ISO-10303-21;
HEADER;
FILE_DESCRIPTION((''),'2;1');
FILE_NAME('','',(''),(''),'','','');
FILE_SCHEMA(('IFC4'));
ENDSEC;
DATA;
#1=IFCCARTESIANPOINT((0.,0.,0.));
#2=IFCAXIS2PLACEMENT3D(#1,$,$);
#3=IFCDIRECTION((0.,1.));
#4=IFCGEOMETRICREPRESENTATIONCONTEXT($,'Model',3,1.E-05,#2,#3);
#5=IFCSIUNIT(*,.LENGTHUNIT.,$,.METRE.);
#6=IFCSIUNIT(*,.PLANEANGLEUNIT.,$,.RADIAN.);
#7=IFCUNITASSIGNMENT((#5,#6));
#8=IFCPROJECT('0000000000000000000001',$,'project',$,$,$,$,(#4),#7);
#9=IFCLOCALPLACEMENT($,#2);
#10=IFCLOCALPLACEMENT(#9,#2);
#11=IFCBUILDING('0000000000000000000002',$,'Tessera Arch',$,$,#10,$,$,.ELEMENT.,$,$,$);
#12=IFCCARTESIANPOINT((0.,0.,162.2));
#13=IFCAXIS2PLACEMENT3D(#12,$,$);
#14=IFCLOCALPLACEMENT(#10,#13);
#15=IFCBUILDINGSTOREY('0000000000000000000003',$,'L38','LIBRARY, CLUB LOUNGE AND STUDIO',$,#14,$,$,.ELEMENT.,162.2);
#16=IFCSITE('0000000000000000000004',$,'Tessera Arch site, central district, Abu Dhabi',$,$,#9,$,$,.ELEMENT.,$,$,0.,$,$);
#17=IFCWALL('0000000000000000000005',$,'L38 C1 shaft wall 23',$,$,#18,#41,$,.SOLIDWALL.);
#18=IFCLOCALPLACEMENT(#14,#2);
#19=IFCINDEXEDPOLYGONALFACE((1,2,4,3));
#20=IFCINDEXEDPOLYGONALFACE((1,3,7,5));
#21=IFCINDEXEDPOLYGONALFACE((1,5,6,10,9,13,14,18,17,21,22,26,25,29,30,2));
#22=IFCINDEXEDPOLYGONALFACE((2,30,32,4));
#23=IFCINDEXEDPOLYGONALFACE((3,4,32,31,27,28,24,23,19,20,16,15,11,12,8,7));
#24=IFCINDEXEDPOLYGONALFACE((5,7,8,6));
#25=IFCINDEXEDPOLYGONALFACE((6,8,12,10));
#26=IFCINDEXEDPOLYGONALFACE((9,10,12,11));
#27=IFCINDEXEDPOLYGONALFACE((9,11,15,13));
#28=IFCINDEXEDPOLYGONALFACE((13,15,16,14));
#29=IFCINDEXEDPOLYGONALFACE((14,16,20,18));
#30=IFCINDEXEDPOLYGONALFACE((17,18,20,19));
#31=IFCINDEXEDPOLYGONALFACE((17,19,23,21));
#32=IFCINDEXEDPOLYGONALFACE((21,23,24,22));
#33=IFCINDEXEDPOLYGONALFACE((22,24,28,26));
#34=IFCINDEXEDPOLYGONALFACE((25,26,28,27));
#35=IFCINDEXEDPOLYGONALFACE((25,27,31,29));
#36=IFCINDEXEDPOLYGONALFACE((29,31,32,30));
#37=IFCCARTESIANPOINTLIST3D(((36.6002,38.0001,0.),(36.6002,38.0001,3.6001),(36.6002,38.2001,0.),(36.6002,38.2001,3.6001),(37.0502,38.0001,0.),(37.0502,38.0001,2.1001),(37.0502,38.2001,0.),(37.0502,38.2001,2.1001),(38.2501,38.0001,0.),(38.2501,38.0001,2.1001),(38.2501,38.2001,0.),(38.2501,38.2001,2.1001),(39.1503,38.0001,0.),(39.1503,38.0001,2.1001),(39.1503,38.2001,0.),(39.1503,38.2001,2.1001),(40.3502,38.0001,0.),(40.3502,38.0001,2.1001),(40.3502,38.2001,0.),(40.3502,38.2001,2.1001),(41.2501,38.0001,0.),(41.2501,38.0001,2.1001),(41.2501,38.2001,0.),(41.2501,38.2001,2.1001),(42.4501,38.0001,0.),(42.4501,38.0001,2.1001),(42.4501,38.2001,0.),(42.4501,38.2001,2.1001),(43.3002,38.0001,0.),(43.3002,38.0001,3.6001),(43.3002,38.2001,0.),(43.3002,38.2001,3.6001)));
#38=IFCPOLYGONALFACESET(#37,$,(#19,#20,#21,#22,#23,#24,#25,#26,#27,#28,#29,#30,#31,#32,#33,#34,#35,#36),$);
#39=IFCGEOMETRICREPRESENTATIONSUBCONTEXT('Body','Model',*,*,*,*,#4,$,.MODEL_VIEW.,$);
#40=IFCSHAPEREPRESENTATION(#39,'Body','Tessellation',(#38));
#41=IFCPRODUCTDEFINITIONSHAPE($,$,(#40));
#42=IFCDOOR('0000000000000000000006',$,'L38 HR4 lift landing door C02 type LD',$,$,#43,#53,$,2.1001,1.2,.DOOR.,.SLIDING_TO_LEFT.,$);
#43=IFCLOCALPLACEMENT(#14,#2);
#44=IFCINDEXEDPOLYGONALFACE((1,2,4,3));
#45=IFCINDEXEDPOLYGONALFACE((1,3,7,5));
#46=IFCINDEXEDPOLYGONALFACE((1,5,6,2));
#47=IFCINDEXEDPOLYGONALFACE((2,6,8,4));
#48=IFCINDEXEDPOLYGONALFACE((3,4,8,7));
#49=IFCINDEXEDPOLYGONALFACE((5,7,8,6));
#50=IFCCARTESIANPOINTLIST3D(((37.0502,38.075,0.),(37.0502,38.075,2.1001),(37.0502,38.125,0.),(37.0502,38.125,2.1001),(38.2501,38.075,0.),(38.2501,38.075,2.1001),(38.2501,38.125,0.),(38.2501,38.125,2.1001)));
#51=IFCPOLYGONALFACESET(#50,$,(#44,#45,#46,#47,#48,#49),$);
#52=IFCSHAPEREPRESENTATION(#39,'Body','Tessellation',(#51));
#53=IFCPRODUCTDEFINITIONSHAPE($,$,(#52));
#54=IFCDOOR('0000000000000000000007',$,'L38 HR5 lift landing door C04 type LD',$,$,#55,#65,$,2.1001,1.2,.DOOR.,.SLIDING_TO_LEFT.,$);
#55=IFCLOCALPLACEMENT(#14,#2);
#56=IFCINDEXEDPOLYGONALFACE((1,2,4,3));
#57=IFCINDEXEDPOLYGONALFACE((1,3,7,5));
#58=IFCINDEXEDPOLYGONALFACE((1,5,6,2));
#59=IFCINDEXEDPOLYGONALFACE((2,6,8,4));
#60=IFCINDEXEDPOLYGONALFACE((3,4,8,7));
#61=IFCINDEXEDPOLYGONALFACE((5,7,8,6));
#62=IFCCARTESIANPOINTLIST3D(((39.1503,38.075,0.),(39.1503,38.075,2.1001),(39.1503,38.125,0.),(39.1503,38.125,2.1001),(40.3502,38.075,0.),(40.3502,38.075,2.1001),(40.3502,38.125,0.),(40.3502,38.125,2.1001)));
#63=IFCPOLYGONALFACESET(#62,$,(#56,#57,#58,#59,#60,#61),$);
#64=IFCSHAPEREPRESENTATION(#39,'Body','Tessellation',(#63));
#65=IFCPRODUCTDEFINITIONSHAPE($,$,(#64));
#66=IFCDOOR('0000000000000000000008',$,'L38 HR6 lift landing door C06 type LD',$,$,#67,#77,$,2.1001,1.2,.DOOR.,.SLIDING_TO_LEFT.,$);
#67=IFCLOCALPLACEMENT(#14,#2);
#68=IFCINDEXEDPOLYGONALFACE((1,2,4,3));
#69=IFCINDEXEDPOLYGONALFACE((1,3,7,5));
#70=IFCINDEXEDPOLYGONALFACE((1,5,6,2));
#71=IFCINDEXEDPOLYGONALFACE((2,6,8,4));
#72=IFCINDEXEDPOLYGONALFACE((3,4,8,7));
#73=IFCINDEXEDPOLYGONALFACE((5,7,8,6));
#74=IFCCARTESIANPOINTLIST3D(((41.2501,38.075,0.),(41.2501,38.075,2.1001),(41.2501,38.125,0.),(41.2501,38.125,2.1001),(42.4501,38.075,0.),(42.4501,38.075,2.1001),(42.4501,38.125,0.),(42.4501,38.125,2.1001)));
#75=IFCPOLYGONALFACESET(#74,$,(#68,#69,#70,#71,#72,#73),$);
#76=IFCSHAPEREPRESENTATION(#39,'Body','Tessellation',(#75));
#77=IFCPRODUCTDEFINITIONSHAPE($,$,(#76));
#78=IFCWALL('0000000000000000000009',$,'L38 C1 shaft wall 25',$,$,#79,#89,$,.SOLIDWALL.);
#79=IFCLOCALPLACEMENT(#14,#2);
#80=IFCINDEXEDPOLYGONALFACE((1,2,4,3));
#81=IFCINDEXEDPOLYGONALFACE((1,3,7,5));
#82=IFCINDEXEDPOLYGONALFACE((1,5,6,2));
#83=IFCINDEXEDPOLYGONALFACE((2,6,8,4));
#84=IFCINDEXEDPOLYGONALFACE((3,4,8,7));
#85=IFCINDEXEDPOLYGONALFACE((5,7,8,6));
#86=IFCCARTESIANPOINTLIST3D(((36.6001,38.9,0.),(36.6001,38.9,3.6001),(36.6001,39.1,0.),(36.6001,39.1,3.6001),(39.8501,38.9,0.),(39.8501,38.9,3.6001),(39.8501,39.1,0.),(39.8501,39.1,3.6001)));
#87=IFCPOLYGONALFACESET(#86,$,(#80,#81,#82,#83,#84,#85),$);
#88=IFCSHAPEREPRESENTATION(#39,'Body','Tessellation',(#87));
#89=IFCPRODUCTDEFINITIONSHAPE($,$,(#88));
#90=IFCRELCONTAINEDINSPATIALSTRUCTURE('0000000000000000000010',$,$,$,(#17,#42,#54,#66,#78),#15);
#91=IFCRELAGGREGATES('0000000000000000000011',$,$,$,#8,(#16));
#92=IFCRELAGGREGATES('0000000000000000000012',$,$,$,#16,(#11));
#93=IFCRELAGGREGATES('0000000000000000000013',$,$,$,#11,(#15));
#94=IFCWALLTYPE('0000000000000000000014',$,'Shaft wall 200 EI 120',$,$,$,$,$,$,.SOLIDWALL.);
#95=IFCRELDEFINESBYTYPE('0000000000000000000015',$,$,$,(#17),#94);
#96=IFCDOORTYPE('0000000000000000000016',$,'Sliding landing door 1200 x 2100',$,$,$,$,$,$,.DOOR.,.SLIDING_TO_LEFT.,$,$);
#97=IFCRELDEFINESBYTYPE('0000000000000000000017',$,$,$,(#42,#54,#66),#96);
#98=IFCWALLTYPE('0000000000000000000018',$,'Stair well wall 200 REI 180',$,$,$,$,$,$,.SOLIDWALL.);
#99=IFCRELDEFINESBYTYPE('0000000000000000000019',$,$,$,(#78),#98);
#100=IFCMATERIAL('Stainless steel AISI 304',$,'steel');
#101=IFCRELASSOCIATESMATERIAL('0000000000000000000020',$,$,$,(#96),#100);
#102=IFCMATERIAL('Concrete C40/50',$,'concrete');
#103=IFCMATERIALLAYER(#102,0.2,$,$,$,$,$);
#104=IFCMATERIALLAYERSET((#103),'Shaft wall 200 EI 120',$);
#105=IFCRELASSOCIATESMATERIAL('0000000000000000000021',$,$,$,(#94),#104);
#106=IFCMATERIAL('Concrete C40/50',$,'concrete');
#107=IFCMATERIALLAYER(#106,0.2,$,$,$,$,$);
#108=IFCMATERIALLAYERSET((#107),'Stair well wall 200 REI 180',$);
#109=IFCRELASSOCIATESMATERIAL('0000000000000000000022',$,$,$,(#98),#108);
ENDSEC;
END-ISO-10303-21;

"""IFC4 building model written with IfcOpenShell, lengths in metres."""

from ifc_helpers import new_model, si_unit, direction, frame, frame_2d, origin, place, context, subcontext, project, spatial, rectangle, extrude, material, layer, layer_set, type_object, element, fill, save


model = new_model("IFC4")

# Units and contexts
model_context = context("Model", 3, precision=1e-05, world=origin(), true_north=direction((0.0, 1.0)))
body_context = subcontext(model_context, "Body", "Model", "MODEL_VIEW")
ifc_project = project(units=[si_unit("LENGTHUNIT", "METRE"), si_unit("PLANEANGLEUNIT", "RADIAN")], contexts=[model_context])

# Site, building, storey
site_placement = place(None, origin())
site = spatial("IfcSite", under=ifc_project, at=site_placement, Name="Tessera Arch site, central district, Abu Dhabi", CompositionType="ELEMENT", RefElevation=0.0)
building_placement = place(site_placement, origin())
building = spatial("IfcBuilding", under=site, at=building_placement, Name="Tessera Arch", CompositionType="ELEMENT")
storey_placement = place(building_placement, frame((0.0, 0.0, 162.2)))
storey = spatial("IfcBuildingStorey", under=building, at=storey_placement, Name="L38", Description="LIBRARY, CLUB LOUNGE AND STUDIO", CompositionType="ELEMENT", Elevation=162.2)

# Shared definitions
ifc_material_1 = material(Name="Stainless steel AISI 304", Category="steel")
door_type_1 = type_object("IfcDoorType", Name="Sliding landing door 1200 x 2100", OperationType="SLIDING_TO_LEFT", PredefinedType="DOOR", material=ifc_material_1)

# Shared definitions
ifc_material_2 = material(Name="Concrete C40/50", Category="concrete")
ifc_layer_1 = layer(ifc_material_2, 0.2)
ifc_layer_set_1 = layer_set([ifc_layer_1], Name="Shaft wall 200 EI 120")
wall_type_1 = type_object("IfcWallType", Name="Shaft wall 200 EI 120", PredefinedType="SOLIDWALL", material=ifc_layer_set_1)

# Wall, openings, doors
wall_1_placement = place(storey_placement, frame((36.6001, 38.1001, 0.0), z_axis=(0.0, 0.0, 1.0), x_axis=(1.0, 0.0, 0.0)))
wall_1 = element("IfcWall", 1, at=wall_1_placement, inside=storey, type_object=wall_type_1, Name="L38 C1 shaft wall 23", PredefinedType="SOLIDWALL", context=body_context, shape_type="SweptSolid", body=[
    extrude(rectangle(XDim=6.7, YDim=0.2, at=frame_2d((3.3501, 0.0))), origin(), (0.0, 0.0, 1.0), 3.6001),
])
opening_1_placement = place(wall_1_placement, frame((0.45, 0.0, 0.0)))
opening_1 = element("IfcOpeningElement", 2, at=opening_1_placement, cuts=wall_1, PredefinedType="OPENING", context=body_context, shape_type="SweptSolid", body=[
    extrude(rectangle(XDim=1.2, YDim=2.1001, at=frame_2d((0.6001, 1.05))), frame((0.0, 0.1099, 0.0), z_axis=(0.0, -1.0, 0.0), x_axis=(1.0, 0.0, 0.0)), (0.0, 0.0, 1.0), 0.22),
])
opening_2_placement = place(wall_1_placement, frame((2.55, 0.0, 0.0)))
opening_2 = element("IfcOpeningElement", 3, at=opening_2_placement, cuts=wall_1, PredefinedType="OPENING", context=body_context, shape_type="SweptSolid", body=[
    extrude(rectangle(XDim=1.2, YDim=2.1001, at=frame_2d((0.6001, 1.05))), frame((0.0, 0.1099, 0.0), z_axis=(0.0, -1.0, 0.0), x_axis=(1.0, 0.0, 0.0)), (0.0, 0.0, 1.0), 0.22),
])
opening_3_placement = place(wall_1_placement, frame((4.6499, 0.0, 0.0)))
opening_3 = element("IfcOpeningElement", 4, at=opening_3_placement, cuts=wall_1, PredefinedType="OPENING", context=body_context, shape_type="SweptSolid", body=[
    extrude(rectangle(XDim=1.2, YDim=2.1001, at=frame_2d((0.6001, 1.05))), frame((0.0, 0.1099, 0.0), z_axis=(0.0, -1.0, 0.0), x_axis=(1.0, 0.0, 0.0)), (0.0, 0.0, 1.0), 0.22),
])
door_1_placement = place(opening_1_placement, origin())
door_1 = element("IfcDoor", 5, at=door_1_placement, inside=storey, type_object=door_type_1, Name="L38 HR4 lift landing door C02 type LD", OperationType="SLIDING_TO_LEFT", OverallHeight=2.1001, OverallWidth=1.2, PredefinedType="DOOR", context=body_context, shape_type="SweptSolid", body=[
    extrude(rectangle(XDim=1.2, YDim=2.1001, at=frame_2d((0.6001, 1.05))), frame((0.0, 0.0249, 0.0), z_axis=(0.0, -1.0, 0.0), x_axis=(1.0, 0.0, 0.0)), (0.0, 0.0, 1.0), 0.05),
])
fill(opening_1, door_1)
door_2_placement = place(opening_2_placement, origin())
door_2 = element("IfcDoor", 6, at=door_2_placement, inside=storey, type_object=door_type_1, Name="L38 HR5 lift landing door C04 type LD", OperationType="SLIDING_TO_LEFT", OverallHeight=2.1001, OverallWidth=1.2, PredefinedType="DOOR", context=body_context, shape_type="SweptSolid", body=[
    extrude(rectangle(XDim=1.2, YDim=2.1001, at=frame_2d((0.6001, 1.05))), frame((0.0, 0.0249, 0.0), z_axis=(0.0, -1.0, 0.0), x_axis=(1.0, 0.0, 0.0)), (0.0, 0.0, 1.0), 0.05),
])
fill(opening_2, door_2)
door_3_placement = place(opening_3_placement, origin())
door_3 = element("IfcDoor", 7, at=door_3_placement, inside=storey, type_object=door_type_1, Name="L38 HR6 lift landing door C06 type LD", OperationType="SLIDING_TO_LEFT", OverallHeight=2.1001, OverallWidth=1.2, PredefinedType="DOOR", context=body_context, shape_type="SweptSolid", body=[
    extrude(rectangle(XDim=1.2, YDim=2.1001, at=frame_2d((0.6001, 1.05))), frame((0.0, 0.0249, 0.0), z_axis=(0.0, -1.0, 0.0), x_axis=(1.0, 0.0, 0.0)), (0.0, 0.0, 1.0), 0.05),
])
fill(opening_3, door_3)

# Wall
ifc_material_3 = material(Name="Concrete C40/50", Category="concrete")
ifc_layer_2 = layer(ifc_material_3, 0.2)
ifc_layer_set_2 = layer_set([ifc_layer_2], Name="Stair well wall 200 REI 180")
wall_type_2 = type_object("IfcWallType", Name="Stair well wall 200 REI 180", PredefinedType="SOLIDWALL", material=ifc_layer_set_2)
wall_2_placement = place(storey_placement, frame((36.6001, 39.0, 0.0), z_axis=(0.0, 0.0, 1.0), x_axis=(1.0, 0.0, 0.0)))
element("IfcWall", 8, at=wall_2_placement, inside=storey, type_object=wall_type_2, Name="L38 C1 shaft wall 25", PredefinedType="SOLIDWALL", context=body_context, shape_type="SweptSolid", body=[
    extrude(rectangle(XDim=3.25, YDim=0.2, at=frame_2d((1.625, 0.0))), origin(), (0.0, 0.0, 1.0), 3.6001),
])

save(model, "model.ifc")
